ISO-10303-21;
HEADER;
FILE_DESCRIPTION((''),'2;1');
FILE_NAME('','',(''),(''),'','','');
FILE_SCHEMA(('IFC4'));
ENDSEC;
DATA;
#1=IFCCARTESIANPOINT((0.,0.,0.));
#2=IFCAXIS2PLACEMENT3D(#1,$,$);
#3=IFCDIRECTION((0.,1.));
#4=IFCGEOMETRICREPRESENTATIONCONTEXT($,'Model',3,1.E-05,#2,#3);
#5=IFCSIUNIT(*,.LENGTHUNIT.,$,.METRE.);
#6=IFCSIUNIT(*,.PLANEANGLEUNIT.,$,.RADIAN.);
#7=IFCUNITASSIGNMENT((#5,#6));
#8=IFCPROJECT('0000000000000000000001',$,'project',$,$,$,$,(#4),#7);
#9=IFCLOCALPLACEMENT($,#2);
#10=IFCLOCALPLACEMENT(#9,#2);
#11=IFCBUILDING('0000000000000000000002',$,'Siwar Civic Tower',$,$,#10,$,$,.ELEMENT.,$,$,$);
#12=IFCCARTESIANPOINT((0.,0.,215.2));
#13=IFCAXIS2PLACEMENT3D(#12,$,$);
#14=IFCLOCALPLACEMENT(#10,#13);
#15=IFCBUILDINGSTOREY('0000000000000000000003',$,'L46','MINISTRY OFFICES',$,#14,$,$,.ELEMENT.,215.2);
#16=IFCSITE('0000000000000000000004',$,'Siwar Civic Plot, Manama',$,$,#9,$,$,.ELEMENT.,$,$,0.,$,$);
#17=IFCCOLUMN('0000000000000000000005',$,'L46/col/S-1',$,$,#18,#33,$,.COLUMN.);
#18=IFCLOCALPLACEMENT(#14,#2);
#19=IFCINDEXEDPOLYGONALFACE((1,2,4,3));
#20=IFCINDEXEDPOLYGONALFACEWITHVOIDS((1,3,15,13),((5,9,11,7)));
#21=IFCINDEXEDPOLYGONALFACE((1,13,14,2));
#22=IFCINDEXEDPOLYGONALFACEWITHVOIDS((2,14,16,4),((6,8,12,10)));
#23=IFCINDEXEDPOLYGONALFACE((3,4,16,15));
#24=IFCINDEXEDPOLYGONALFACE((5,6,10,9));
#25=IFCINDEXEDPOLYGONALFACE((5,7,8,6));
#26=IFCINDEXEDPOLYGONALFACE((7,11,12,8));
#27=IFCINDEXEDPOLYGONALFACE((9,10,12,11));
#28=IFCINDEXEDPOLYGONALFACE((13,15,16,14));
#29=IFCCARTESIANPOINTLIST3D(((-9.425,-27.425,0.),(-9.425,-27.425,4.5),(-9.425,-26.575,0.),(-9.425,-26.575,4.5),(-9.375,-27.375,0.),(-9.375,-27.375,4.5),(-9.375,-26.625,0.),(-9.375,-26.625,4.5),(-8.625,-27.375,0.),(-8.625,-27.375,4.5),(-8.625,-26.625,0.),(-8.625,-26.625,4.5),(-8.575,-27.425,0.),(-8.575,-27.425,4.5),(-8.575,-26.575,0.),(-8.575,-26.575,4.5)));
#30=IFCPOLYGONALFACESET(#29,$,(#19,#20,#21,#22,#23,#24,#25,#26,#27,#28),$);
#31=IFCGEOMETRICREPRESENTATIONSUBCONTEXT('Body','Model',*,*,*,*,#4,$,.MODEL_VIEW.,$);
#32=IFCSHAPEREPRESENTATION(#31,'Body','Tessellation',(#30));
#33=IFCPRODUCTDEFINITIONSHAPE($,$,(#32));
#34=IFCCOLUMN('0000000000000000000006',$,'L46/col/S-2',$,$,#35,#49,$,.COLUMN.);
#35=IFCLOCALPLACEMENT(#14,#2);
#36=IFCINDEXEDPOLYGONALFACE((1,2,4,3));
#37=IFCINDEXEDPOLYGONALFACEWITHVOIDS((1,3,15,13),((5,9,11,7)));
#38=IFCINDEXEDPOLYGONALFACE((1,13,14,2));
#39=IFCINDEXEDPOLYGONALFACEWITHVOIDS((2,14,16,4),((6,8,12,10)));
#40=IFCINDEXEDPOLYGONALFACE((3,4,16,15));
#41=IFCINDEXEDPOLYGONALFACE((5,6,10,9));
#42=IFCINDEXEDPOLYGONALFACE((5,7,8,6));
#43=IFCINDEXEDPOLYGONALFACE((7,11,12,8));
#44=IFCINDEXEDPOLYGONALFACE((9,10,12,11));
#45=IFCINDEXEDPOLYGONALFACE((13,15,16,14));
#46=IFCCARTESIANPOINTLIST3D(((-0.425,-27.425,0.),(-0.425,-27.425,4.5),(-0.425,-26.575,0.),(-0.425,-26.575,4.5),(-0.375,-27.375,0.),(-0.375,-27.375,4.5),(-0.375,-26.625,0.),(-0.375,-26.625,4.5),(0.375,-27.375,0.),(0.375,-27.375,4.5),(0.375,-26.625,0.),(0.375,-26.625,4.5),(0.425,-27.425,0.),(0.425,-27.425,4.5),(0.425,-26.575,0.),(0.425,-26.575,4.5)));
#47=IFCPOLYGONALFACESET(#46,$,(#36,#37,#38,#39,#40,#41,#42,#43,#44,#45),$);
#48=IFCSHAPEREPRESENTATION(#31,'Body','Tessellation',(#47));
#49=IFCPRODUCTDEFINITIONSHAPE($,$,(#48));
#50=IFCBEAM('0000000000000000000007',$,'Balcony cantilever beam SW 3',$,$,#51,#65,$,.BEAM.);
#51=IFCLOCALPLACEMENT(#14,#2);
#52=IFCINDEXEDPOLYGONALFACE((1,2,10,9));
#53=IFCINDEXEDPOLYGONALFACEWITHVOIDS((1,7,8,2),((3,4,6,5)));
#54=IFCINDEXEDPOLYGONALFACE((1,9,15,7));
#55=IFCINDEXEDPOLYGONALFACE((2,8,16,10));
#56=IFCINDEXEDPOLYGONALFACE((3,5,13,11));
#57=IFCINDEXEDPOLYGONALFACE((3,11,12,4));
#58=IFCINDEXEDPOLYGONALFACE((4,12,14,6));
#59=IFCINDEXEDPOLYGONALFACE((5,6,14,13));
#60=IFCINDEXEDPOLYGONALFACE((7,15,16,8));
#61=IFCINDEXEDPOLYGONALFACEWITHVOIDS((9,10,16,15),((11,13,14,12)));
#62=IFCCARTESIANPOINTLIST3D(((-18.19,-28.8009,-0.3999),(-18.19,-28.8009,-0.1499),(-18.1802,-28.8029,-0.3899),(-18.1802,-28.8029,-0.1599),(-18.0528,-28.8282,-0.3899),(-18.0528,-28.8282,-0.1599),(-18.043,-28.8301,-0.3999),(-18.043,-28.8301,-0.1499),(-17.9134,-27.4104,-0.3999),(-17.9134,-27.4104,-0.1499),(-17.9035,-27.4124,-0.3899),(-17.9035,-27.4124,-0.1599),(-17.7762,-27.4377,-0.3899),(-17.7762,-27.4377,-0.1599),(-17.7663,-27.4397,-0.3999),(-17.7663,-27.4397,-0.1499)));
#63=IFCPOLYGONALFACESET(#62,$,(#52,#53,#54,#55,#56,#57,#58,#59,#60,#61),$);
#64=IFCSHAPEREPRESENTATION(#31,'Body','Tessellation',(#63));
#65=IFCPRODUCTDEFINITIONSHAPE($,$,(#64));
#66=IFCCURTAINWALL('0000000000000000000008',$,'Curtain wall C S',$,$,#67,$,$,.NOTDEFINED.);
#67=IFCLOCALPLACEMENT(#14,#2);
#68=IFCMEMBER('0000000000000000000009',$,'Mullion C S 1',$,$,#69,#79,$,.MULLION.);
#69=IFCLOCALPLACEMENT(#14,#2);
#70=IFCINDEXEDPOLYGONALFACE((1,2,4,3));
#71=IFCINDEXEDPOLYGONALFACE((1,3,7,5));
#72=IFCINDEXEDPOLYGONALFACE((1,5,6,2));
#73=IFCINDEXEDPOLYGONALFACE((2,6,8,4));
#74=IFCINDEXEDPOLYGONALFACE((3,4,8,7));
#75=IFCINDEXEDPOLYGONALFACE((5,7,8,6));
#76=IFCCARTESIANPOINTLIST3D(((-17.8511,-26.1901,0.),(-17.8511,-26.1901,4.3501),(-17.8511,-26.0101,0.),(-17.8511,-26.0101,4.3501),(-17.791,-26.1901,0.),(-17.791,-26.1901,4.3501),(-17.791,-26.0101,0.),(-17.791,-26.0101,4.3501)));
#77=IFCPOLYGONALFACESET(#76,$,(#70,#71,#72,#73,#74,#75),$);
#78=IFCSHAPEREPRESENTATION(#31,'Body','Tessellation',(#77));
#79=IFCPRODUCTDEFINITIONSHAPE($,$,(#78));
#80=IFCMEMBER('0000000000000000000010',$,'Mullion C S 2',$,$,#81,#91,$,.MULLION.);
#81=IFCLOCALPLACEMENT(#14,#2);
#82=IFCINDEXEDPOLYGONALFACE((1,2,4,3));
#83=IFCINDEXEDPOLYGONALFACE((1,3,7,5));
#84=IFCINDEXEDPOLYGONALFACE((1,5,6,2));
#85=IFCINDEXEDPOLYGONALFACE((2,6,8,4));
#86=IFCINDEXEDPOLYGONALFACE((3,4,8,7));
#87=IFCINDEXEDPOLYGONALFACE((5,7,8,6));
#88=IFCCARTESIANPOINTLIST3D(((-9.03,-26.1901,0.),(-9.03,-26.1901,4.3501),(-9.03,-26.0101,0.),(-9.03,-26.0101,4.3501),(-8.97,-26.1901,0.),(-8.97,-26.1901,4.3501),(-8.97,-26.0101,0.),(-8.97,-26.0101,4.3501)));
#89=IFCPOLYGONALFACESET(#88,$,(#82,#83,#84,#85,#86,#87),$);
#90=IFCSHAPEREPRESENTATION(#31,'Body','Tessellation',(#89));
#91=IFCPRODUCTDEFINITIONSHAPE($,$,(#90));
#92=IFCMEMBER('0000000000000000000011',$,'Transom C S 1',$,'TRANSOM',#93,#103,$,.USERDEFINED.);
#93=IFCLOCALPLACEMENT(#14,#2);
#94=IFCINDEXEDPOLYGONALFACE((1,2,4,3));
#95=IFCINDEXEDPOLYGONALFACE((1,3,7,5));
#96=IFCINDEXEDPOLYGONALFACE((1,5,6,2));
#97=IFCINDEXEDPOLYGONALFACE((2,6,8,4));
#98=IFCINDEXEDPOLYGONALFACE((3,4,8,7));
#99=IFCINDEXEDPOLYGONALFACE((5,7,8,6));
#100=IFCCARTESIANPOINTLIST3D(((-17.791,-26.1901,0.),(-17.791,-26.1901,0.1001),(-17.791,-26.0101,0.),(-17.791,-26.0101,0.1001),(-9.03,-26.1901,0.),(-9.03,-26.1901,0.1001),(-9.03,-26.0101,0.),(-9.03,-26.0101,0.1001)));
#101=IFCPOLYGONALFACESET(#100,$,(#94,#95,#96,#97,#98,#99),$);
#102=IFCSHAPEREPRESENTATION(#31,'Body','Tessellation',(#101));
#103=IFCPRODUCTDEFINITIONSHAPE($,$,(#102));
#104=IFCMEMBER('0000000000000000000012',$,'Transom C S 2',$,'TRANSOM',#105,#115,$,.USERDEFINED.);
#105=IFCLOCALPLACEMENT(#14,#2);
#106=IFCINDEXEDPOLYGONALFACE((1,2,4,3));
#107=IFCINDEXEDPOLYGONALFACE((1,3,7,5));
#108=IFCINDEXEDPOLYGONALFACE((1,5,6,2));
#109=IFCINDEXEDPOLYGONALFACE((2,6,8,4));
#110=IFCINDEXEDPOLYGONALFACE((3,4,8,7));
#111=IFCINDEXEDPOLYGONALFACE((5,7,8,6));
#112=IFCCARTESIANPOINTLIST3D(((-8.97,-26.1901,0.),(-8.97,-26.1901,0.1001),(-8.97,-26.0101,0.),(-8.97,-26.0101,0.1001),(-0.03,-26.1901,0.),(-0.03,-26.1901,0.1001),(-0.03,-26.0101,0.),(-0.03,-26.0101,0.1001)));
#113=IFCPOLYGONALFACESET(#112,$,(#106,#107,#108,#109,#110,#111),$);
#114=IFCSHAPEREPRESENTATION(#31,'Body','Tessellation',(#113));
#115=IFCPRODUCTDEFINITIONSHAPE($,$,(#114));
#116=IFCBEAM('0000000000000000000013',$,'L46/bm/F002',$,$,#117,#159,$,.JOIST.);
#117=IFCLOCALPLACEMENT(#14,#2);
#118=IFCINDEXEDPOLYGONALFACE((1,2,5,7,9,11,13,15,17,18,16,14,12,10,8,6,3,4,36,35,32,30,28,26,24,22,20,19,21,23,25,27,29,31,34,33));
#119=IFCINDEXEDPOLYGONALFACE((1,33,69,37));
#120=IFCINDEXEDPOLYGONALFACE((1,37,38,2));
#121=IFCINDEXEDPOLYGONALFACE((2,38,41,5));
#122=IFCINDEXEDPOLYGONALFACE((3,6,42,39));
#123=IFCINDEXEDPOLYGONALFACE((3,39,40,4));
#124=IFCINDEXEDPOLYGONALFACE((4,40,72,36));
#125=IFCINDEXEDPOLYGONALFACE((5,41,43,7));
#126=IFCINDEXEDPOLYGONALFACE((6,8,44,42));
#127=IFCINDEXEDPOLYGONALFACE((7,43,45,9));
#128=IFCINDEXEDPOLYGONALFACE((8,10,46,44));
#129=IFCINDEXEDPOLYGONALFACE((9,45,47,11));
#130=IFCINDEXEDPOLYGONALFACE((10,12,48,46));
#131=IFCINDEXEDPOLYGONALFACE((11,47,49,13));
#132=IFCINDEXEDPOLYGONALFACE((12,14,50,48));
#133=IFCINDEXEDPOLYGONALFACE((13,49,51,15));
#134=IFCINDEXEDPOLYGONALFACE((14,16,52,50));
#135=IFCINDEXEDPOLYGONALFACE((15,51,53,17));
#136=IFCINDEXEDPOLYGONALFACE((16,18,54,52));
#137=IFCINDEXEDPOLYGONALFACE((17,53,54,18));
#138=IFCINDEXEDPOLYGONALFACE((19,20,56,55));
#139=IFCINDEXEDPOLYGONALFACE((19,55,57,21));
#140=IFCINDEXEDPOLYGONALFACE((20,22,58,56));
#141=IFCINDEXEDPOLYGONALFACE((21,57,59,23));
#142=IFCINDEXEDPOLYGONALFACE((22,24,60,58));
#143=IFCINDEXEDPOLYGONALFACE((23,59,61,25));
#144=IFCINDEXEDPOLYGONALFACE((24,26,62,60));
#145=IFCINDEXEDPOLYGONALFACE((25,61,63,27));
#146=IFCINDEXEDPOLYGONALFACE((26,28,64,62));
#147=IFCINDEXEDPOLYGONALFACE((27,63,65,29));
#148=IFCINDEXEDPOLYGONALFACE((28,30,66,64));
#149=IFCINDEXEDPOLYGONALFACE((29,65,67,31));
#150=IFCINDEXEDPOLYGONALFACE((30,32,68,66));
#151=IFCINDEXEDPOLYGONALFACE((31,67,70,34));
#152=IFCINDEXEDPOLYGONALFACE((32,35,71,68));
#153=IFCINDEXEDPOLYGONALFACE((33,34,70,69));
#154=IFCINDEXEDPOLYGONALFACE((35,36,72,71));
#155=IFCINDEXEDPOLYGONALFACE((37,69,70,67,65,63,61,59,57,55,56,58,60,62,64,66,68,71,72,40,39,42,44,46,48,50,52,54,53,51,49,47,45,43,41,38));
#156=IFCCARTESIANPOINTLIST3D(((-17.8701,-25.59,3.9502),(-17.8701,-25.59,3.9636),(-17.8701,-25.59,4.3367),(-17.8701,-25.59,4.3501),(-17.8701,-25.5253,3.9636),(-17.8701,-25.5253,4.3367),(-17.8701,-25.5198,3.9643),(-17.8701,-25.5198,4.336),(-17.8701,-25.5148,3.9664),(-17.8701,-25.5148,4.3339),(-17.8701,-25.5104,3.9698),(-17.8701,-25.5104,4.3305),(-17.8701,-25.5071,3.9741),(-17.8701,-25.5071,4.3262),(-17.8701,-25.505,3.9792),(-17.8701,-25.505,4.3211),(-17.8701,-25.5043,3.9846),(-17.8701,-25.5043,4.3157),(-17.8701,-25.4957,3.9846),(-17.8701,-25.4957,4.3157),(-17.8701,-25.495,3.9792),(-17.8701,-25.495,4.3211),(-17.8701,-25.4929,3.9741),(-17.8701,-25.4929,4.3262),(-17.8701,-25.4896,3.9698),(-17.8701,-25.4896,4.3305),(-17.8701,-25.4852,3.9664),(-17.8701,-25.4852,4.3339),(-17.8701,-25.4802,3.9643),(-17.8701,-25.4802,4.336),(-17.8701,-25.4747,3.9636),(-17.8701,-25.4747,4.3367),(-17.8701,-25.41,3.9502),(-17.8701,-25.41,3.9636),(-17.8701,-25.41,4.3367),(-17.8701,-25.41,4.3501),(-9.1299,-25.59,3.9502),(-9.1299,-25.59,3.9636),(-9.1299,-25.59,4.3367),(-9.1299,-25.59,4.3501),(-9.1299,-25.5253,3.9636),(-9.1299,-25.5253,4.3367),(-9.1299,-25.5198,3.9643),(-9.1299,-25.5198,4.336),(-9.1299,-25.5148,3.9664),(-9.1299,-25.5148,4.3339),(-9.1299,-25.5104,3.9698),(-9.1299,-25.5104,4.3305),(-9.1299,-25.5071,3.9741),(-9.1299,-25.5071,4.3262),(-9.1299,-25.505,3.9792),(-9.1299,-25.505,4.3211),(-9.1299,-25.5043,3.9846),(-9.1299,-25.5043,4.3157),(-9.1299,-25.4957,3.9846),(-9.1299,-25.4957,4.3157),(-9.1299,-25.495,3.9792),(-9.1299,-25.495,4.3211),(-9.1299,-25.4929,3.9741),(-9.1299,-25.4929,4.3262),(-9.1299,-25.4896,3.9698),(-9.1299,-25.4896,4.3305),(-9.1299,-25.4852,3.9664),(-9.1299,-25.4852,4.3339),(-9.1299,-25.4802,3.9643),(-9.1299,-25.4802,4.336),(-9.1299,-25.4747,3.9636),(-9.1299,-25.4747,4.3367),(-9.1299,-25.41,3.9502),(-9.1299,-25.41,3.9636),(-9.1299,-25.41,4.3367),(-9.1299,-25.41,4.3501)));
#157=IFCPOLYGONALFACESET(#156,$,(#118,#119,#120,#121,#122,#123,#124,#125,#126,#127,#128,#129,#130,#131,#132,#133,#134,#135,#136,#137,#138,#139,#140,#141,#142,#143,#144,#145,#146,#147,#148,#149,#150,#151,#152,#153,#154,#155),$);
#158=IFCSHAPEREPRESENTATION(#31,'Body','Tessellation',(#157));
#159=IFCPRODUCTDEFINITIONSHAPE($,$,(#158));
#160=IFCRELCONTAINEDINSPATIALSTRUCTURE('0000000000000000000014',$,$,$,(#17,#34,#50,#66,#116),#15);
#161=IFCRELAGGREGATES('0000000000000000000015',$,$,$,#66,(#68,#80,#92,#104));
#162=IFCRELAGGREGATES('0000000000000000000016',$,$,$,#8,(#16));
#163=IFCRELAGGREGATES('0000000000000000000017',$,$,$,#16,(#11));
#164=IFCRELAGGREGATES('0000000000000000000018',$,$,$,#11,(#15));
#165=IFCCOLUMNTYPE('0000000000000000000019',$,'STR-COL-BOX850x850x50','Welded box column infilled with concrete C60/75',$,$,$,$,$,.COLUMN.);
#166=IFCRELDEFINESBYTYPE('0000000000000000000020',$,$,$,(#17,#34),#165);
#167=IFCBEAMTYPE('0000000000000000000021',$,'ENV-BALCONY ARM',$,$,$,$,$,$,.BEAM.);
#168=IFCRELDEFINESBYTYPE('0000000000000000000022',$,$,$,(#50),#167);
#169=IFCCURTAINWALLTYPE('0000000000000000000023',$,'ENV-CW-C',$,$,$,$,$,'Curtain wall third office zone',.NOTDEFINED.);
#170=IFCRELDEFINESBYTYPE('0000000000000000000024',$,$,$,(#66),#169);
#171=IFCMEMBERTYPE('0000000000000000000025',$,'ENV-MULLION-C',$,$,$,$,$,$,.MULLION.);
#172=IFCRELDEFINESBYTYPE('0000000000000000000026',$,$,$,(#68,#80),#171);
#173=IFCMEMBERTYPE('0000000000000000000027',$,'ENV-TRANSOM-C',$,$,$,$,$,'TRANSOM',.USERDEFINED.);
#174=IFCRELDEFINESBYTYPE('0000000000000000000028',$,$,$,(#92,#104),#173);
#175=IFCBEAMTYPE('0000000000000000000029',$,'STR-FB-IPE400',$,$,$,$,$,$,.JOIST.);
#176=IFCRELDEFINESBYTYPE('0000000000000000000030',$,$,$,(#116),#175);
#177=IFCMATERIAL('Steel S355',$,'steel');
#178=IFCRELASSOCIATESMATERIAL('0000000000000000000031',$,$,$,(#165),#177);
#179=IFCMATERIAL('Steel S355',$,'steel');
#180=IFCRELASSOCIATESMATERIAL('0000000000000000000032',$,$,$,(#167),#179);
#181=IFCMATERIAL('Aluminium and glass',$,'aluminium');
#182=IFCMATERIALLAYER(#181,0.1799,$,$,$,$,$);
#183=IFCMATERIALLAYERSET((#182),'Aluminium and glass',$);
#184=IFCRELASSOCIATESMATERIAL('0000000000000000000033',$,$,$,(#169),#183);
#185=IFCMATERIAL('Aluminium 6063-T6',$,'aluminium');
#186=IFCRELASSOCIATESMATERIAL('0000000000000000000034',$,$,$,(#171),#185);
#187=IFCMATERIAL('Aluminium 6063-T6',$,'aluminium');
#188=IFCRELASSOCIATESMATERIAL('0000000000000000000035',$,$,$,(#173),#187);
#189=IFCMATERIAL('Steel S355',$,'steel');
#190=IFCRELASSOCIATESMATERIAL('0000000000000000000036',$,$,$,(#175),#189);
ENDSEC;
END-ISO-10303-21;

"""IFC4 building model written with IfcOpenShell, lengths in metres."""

from ifc_helpers import new_model, si_unit, direction, frame, origin, origin_2d, place, context, subcontext, project, spatial, rectangle, hollow_rectangle, i_section, extrude, material, layer, layer_set, material_profile, profile_set, type_object, element, aggregate, save


model = new_model("IFC4")

# Units and contexts
model_context = context("Model", 3, precision=1e-05, world=origin(), true_north=direction((0.0, 1.0)))
body_context = subcontext(model_context, "Body", "Model", "MODEL_VIEW")
ifc_project = project(units=[si_unit("LENGTHUNIT", "METRE"), si_unit("PLANEANGLEUNIT", "RADIAN")], contexts=[model_context])

# Site, building, storey
site_placement = place(None, origin())
site = spatial("IfcSite", under=ifc_project, at=site_placement, Name="Siwar Civic Plot, Manama", CompositionType="ELEMENT", RefElevation=0.0)
building_placement = place(site_placement, origin())
building = spatial("IfcBuilding", under=site, at=building_placement, Name="Siwar Civic Tower", CompositionType="ELEMENT")
storey_placement = place(building_placement, frame((0.0, 0.0, 215.2)))
storey = spatial("IfcBuildingStorey", under=building, at=storey_placement, Name="L46", Description="MINISTRY OFFICES", CompositionType="ELEMENT", Elevation=215.2)

# Columns
ifc_material_1 = material(Name="Steel S355", Category="steel")
ifc_material_profile_1 = material_profile(ifc_material_1, hollow_rectangle(XDim=0.8501, YDim=0.8501, WallThickness=0.05, at=origin_2d()), Name="BOX850x850x50")
ifc_profile_set_1 = profile_set([ifc_material_profile_1], Name="Steel S355")
column_type = type_object("IfcColumnType", Name="STR-COL-BOX850x850x50", Description="Welded box column infilled with concrete C60/75", PredefinedType="COLUMN", material=ifc_profile_set_1)
for number, where, z_axis, x_axis, name in (
    (1, (-9.0, -27.0, 0.0), (0.0, 0.0, 1.0), (1.0, 0.0, 0.0), "L46/col/S-1"),
    (2, (0.0, -27.0, 0.0), (0.0, 0.0, 1.0), (1.0, 0.0, 0.0), "L46/col/S-2"),
):
    element("IfcColumn", number, at=place(storey_placement, frame(where, z_axis=z_axis, x_axis=x_axis)), inside=storey, type_object=column_type, Name=name, PredefinedType="COLUMN", context=body_context, shape_type="SweptSolid", body=[
        extrude(hollow_rectangle(XDim=0.8501, YDim=0.8501, WallThickness=0.05, at=origin_2d()), origin(), (0.0, 0.0, 1.0), 4.5),
    ])

# Beam
ifc_material_2 = material(Name="Steel S355", Category="steel")
ifc_material_profile_2 = material_profile(ifc_material_2, hollow_rectangle(XDim=0.1499, YDim=0.25, WallThickness=0.01, at=origin_2d()), Name="RHS250x150x10")
ifc_profile_set_2 = profile_set([ifc_material_profile_2], Name="Steel S355")
beam_type_1 = type_object("IfcBeamType", Name="ENV-BALCONY ARM", PredefinedType="BEAM", material=ifc_profile_set_2)
beam_placement = place(storey_placement, frame((-17.8398, -27.425, -0.2749), z_axis=(-0.195122, -0.980779, 0.0), x_axis=(0.980779, -0.195122, 0.0)))
element("IfcBeam", 3, at=beam_placement, inside=storey, type_object=beam_type_1, Name="Balcony cantilever beam SW 3", PredefinedType="BEAM", context=body_context, shape_type="SweptSolid", body=[
    extrude(hollow_rectangle(XDim=0.1499, YDim=0.25, WallThickness=0.01, at=origin_2d()), origin(), (0.0, 0.0, 1.0), 1.4177),
])

# Curtain wall, members
ifc_material_3 = material(Name="Aluminium and glass", Category="aluminium")
ifc_layer_1 = layer(ifc_material_3, 0.1799)
ifc_layer_set_1 = layer_set([ifc_layer_1], Name="Aluminium and glass")
curtain_wall_type = type_object("IfcCurtainWallType", Name="ENV-CW-C", ElementType="Curtain wall third office zone", PredefinedType="NOTDEFINED", material=ifc_layer_set_1)
curtain_wall_placement = place(storey_placement, origin())
curtain_wall = element("IfcCurtainWall", 4, at=curtain_wall_placement, inside=storey, type_object=curtain_wall_type, Name="Curtain wall C S", PredefinedType="NOTDEFINED")
ifc_material_4 = material(Name="Aluminium 6063-T6", Category="aluminium")
ifc_material_profile_3 = material_profile(ifc_material_4, rectangle(XDim=0.1799, YDim=0.0601, at=origin_2d()), Name="AL 180x60")
ifc_profile_set_3 = profile_set([ifc_material_profile_3], Name="Aluminium 6063-T6")
member_type_1 = type_object("IfcMemberType", Name="ENV-MULLION-C", PredefinedType="MULLION", material=ifc_profile_set_3)
member_1_placement = place(storey_placement, frame((-17.821, -26.1001, 0.0), z_axis=(0.0, 0.0, 1.0), x_axis=(0.0, 1.0, 0.0)))
member_1 = element("IfcMember", 5, at=member_1_placement, type_object=member_type_1, Name="Mullion C S 1", PredefinedType="MULLION", context=body_context, shape_type="SweptSolid", body=[
    extrude(rectangle(XDim=0.1799, YDim=0.0601, at=origin_2d()), origin(), (0.0, 0.0, 1.0), 4.3501),
])
member_2_placement = place(storey_placement, frame((-9.0, -26.1001, 0.0), z_axis=(0.0, 0.0, 1.0), x_axis=(0.0, 1.0, 0.0)))
member_2 = element("IfcMember", 6, at=member_2_placement, type_object=member_type_1, Name="Mullion C S 2", PredefinedType="MULLION", context=body_context, shape_type="SweptSolid", body=[
    extrude(rectangle(XDim=0.1799, YDim=0.0601, at=origin_2d()), origin(), (0.0, 0.0, 1.0), 4.3501),
])
ifc_material_5 = material(Name="Aluminium 6063-T6", Category="aluminium")
ifc_material_profile_4 = material_profile(ifc_material_5, rectangle(XDim=0.1799, YDim=0.1001, at=origin_2d()), Name="AL 180x100")
ifc_profile_set_4 = profile_set([ifc_material_profile_4], Name="Aluminium 6063-T6")
member_type_2 = type_object("IfcMemberType", Name="ENV-TRANSOM-C", ElementType="TRANSOM", PredefinedType="USERDEFINED", material=ifc_profile_set_4)
member_3_placement = place(storey_placement, frame((-17.791, -26.1001, 0.05), z_axis=(1.0, 0.0, 0.0), x_axis=(0.0, 1.0, 0.0)))
member_3 = element("IfcMember", 7, at=member_3_placement, type_object=member_type_2, Name="Transom C S 1", ObjectType="TRANSOM", PredefinedType="USERDEFINED", context=body_context, shape_type="SweptSolid", body=[
    extrude(rectangle(XDim=0.1799, YDim=0.1001, at=origin_2d()), origin(), (0.0, 0.0, 1.0), 8.761),
])
member_4_placement = place(storey_placement, frame((-8.97, -26.1001, 0.05), z_axis=(1.0, 0.0, 0.0), x_axis=(0.0, 1.0, 0.0)))
member_4 = element("IfcMember", 8, at=member_4_placement, type_object=member_type_2, Name="Transom C S 2", ObjectType="TRANSOM", PredefinedType="USERDEFINED", context=body_context, shape_type="SweptSolid", body=[
    extrude(rectangle(XDim=0.1799, YDim=0.1001, at=origin_2d()), origin(), (0.0, 0.0, 1.0), 8.9399),
])

# Beam
ifc_material_6 = material(Name="Steel S355", Category="steel")
ifc_material_profile_5 = material_profile(ifc_material_6, i_section(OverallWidth=0.1799, OverallDepth=0.3999, WebThickness=0.0085, FlangeThickness=0.0134, FilletRadius=0.021, at=origin_2d()), Name="IPE400")
ifc_profile_set_5 = profile_set([ifc_material_profile_5], Name="Steel S355")
beam_type_2 = type_object("IfcBeamType", Name="STR-FB-IPE400", PredefinedType="JOIST", material=ifc_profile_set_5)
for number, where, z_axis, x_axis, name in (
    (9, (-17.8701, -25.5, 4.1501), (1.0, 0.0, 0.0), (0.0, 1.0, 0.0), "L46/bm/F002"),
):
    element("IfcBeam", number, at=place(storey_placement, frame(where, z_axis=z_axis, x_axis=x_axis)), inside=storey, type_object=beam_type_2, Name=name, PredefinedType="JOIST", context=body_context, shape_type="SweptSolid", body=[
        extrude(i_section(OverallWidth=0.1799, OverallDepth=0.3999, WebThickness=0.0085, FlangeThickness=0.0134, FilletRadius=0.021, at=origin_2d()), origin(), (0.0, 0.0, 1.0), 8.7402),
    ])

aggregate(curtain_wall, [member_1, member_2, member_3, member_4])

save(model, "model.ifc")
